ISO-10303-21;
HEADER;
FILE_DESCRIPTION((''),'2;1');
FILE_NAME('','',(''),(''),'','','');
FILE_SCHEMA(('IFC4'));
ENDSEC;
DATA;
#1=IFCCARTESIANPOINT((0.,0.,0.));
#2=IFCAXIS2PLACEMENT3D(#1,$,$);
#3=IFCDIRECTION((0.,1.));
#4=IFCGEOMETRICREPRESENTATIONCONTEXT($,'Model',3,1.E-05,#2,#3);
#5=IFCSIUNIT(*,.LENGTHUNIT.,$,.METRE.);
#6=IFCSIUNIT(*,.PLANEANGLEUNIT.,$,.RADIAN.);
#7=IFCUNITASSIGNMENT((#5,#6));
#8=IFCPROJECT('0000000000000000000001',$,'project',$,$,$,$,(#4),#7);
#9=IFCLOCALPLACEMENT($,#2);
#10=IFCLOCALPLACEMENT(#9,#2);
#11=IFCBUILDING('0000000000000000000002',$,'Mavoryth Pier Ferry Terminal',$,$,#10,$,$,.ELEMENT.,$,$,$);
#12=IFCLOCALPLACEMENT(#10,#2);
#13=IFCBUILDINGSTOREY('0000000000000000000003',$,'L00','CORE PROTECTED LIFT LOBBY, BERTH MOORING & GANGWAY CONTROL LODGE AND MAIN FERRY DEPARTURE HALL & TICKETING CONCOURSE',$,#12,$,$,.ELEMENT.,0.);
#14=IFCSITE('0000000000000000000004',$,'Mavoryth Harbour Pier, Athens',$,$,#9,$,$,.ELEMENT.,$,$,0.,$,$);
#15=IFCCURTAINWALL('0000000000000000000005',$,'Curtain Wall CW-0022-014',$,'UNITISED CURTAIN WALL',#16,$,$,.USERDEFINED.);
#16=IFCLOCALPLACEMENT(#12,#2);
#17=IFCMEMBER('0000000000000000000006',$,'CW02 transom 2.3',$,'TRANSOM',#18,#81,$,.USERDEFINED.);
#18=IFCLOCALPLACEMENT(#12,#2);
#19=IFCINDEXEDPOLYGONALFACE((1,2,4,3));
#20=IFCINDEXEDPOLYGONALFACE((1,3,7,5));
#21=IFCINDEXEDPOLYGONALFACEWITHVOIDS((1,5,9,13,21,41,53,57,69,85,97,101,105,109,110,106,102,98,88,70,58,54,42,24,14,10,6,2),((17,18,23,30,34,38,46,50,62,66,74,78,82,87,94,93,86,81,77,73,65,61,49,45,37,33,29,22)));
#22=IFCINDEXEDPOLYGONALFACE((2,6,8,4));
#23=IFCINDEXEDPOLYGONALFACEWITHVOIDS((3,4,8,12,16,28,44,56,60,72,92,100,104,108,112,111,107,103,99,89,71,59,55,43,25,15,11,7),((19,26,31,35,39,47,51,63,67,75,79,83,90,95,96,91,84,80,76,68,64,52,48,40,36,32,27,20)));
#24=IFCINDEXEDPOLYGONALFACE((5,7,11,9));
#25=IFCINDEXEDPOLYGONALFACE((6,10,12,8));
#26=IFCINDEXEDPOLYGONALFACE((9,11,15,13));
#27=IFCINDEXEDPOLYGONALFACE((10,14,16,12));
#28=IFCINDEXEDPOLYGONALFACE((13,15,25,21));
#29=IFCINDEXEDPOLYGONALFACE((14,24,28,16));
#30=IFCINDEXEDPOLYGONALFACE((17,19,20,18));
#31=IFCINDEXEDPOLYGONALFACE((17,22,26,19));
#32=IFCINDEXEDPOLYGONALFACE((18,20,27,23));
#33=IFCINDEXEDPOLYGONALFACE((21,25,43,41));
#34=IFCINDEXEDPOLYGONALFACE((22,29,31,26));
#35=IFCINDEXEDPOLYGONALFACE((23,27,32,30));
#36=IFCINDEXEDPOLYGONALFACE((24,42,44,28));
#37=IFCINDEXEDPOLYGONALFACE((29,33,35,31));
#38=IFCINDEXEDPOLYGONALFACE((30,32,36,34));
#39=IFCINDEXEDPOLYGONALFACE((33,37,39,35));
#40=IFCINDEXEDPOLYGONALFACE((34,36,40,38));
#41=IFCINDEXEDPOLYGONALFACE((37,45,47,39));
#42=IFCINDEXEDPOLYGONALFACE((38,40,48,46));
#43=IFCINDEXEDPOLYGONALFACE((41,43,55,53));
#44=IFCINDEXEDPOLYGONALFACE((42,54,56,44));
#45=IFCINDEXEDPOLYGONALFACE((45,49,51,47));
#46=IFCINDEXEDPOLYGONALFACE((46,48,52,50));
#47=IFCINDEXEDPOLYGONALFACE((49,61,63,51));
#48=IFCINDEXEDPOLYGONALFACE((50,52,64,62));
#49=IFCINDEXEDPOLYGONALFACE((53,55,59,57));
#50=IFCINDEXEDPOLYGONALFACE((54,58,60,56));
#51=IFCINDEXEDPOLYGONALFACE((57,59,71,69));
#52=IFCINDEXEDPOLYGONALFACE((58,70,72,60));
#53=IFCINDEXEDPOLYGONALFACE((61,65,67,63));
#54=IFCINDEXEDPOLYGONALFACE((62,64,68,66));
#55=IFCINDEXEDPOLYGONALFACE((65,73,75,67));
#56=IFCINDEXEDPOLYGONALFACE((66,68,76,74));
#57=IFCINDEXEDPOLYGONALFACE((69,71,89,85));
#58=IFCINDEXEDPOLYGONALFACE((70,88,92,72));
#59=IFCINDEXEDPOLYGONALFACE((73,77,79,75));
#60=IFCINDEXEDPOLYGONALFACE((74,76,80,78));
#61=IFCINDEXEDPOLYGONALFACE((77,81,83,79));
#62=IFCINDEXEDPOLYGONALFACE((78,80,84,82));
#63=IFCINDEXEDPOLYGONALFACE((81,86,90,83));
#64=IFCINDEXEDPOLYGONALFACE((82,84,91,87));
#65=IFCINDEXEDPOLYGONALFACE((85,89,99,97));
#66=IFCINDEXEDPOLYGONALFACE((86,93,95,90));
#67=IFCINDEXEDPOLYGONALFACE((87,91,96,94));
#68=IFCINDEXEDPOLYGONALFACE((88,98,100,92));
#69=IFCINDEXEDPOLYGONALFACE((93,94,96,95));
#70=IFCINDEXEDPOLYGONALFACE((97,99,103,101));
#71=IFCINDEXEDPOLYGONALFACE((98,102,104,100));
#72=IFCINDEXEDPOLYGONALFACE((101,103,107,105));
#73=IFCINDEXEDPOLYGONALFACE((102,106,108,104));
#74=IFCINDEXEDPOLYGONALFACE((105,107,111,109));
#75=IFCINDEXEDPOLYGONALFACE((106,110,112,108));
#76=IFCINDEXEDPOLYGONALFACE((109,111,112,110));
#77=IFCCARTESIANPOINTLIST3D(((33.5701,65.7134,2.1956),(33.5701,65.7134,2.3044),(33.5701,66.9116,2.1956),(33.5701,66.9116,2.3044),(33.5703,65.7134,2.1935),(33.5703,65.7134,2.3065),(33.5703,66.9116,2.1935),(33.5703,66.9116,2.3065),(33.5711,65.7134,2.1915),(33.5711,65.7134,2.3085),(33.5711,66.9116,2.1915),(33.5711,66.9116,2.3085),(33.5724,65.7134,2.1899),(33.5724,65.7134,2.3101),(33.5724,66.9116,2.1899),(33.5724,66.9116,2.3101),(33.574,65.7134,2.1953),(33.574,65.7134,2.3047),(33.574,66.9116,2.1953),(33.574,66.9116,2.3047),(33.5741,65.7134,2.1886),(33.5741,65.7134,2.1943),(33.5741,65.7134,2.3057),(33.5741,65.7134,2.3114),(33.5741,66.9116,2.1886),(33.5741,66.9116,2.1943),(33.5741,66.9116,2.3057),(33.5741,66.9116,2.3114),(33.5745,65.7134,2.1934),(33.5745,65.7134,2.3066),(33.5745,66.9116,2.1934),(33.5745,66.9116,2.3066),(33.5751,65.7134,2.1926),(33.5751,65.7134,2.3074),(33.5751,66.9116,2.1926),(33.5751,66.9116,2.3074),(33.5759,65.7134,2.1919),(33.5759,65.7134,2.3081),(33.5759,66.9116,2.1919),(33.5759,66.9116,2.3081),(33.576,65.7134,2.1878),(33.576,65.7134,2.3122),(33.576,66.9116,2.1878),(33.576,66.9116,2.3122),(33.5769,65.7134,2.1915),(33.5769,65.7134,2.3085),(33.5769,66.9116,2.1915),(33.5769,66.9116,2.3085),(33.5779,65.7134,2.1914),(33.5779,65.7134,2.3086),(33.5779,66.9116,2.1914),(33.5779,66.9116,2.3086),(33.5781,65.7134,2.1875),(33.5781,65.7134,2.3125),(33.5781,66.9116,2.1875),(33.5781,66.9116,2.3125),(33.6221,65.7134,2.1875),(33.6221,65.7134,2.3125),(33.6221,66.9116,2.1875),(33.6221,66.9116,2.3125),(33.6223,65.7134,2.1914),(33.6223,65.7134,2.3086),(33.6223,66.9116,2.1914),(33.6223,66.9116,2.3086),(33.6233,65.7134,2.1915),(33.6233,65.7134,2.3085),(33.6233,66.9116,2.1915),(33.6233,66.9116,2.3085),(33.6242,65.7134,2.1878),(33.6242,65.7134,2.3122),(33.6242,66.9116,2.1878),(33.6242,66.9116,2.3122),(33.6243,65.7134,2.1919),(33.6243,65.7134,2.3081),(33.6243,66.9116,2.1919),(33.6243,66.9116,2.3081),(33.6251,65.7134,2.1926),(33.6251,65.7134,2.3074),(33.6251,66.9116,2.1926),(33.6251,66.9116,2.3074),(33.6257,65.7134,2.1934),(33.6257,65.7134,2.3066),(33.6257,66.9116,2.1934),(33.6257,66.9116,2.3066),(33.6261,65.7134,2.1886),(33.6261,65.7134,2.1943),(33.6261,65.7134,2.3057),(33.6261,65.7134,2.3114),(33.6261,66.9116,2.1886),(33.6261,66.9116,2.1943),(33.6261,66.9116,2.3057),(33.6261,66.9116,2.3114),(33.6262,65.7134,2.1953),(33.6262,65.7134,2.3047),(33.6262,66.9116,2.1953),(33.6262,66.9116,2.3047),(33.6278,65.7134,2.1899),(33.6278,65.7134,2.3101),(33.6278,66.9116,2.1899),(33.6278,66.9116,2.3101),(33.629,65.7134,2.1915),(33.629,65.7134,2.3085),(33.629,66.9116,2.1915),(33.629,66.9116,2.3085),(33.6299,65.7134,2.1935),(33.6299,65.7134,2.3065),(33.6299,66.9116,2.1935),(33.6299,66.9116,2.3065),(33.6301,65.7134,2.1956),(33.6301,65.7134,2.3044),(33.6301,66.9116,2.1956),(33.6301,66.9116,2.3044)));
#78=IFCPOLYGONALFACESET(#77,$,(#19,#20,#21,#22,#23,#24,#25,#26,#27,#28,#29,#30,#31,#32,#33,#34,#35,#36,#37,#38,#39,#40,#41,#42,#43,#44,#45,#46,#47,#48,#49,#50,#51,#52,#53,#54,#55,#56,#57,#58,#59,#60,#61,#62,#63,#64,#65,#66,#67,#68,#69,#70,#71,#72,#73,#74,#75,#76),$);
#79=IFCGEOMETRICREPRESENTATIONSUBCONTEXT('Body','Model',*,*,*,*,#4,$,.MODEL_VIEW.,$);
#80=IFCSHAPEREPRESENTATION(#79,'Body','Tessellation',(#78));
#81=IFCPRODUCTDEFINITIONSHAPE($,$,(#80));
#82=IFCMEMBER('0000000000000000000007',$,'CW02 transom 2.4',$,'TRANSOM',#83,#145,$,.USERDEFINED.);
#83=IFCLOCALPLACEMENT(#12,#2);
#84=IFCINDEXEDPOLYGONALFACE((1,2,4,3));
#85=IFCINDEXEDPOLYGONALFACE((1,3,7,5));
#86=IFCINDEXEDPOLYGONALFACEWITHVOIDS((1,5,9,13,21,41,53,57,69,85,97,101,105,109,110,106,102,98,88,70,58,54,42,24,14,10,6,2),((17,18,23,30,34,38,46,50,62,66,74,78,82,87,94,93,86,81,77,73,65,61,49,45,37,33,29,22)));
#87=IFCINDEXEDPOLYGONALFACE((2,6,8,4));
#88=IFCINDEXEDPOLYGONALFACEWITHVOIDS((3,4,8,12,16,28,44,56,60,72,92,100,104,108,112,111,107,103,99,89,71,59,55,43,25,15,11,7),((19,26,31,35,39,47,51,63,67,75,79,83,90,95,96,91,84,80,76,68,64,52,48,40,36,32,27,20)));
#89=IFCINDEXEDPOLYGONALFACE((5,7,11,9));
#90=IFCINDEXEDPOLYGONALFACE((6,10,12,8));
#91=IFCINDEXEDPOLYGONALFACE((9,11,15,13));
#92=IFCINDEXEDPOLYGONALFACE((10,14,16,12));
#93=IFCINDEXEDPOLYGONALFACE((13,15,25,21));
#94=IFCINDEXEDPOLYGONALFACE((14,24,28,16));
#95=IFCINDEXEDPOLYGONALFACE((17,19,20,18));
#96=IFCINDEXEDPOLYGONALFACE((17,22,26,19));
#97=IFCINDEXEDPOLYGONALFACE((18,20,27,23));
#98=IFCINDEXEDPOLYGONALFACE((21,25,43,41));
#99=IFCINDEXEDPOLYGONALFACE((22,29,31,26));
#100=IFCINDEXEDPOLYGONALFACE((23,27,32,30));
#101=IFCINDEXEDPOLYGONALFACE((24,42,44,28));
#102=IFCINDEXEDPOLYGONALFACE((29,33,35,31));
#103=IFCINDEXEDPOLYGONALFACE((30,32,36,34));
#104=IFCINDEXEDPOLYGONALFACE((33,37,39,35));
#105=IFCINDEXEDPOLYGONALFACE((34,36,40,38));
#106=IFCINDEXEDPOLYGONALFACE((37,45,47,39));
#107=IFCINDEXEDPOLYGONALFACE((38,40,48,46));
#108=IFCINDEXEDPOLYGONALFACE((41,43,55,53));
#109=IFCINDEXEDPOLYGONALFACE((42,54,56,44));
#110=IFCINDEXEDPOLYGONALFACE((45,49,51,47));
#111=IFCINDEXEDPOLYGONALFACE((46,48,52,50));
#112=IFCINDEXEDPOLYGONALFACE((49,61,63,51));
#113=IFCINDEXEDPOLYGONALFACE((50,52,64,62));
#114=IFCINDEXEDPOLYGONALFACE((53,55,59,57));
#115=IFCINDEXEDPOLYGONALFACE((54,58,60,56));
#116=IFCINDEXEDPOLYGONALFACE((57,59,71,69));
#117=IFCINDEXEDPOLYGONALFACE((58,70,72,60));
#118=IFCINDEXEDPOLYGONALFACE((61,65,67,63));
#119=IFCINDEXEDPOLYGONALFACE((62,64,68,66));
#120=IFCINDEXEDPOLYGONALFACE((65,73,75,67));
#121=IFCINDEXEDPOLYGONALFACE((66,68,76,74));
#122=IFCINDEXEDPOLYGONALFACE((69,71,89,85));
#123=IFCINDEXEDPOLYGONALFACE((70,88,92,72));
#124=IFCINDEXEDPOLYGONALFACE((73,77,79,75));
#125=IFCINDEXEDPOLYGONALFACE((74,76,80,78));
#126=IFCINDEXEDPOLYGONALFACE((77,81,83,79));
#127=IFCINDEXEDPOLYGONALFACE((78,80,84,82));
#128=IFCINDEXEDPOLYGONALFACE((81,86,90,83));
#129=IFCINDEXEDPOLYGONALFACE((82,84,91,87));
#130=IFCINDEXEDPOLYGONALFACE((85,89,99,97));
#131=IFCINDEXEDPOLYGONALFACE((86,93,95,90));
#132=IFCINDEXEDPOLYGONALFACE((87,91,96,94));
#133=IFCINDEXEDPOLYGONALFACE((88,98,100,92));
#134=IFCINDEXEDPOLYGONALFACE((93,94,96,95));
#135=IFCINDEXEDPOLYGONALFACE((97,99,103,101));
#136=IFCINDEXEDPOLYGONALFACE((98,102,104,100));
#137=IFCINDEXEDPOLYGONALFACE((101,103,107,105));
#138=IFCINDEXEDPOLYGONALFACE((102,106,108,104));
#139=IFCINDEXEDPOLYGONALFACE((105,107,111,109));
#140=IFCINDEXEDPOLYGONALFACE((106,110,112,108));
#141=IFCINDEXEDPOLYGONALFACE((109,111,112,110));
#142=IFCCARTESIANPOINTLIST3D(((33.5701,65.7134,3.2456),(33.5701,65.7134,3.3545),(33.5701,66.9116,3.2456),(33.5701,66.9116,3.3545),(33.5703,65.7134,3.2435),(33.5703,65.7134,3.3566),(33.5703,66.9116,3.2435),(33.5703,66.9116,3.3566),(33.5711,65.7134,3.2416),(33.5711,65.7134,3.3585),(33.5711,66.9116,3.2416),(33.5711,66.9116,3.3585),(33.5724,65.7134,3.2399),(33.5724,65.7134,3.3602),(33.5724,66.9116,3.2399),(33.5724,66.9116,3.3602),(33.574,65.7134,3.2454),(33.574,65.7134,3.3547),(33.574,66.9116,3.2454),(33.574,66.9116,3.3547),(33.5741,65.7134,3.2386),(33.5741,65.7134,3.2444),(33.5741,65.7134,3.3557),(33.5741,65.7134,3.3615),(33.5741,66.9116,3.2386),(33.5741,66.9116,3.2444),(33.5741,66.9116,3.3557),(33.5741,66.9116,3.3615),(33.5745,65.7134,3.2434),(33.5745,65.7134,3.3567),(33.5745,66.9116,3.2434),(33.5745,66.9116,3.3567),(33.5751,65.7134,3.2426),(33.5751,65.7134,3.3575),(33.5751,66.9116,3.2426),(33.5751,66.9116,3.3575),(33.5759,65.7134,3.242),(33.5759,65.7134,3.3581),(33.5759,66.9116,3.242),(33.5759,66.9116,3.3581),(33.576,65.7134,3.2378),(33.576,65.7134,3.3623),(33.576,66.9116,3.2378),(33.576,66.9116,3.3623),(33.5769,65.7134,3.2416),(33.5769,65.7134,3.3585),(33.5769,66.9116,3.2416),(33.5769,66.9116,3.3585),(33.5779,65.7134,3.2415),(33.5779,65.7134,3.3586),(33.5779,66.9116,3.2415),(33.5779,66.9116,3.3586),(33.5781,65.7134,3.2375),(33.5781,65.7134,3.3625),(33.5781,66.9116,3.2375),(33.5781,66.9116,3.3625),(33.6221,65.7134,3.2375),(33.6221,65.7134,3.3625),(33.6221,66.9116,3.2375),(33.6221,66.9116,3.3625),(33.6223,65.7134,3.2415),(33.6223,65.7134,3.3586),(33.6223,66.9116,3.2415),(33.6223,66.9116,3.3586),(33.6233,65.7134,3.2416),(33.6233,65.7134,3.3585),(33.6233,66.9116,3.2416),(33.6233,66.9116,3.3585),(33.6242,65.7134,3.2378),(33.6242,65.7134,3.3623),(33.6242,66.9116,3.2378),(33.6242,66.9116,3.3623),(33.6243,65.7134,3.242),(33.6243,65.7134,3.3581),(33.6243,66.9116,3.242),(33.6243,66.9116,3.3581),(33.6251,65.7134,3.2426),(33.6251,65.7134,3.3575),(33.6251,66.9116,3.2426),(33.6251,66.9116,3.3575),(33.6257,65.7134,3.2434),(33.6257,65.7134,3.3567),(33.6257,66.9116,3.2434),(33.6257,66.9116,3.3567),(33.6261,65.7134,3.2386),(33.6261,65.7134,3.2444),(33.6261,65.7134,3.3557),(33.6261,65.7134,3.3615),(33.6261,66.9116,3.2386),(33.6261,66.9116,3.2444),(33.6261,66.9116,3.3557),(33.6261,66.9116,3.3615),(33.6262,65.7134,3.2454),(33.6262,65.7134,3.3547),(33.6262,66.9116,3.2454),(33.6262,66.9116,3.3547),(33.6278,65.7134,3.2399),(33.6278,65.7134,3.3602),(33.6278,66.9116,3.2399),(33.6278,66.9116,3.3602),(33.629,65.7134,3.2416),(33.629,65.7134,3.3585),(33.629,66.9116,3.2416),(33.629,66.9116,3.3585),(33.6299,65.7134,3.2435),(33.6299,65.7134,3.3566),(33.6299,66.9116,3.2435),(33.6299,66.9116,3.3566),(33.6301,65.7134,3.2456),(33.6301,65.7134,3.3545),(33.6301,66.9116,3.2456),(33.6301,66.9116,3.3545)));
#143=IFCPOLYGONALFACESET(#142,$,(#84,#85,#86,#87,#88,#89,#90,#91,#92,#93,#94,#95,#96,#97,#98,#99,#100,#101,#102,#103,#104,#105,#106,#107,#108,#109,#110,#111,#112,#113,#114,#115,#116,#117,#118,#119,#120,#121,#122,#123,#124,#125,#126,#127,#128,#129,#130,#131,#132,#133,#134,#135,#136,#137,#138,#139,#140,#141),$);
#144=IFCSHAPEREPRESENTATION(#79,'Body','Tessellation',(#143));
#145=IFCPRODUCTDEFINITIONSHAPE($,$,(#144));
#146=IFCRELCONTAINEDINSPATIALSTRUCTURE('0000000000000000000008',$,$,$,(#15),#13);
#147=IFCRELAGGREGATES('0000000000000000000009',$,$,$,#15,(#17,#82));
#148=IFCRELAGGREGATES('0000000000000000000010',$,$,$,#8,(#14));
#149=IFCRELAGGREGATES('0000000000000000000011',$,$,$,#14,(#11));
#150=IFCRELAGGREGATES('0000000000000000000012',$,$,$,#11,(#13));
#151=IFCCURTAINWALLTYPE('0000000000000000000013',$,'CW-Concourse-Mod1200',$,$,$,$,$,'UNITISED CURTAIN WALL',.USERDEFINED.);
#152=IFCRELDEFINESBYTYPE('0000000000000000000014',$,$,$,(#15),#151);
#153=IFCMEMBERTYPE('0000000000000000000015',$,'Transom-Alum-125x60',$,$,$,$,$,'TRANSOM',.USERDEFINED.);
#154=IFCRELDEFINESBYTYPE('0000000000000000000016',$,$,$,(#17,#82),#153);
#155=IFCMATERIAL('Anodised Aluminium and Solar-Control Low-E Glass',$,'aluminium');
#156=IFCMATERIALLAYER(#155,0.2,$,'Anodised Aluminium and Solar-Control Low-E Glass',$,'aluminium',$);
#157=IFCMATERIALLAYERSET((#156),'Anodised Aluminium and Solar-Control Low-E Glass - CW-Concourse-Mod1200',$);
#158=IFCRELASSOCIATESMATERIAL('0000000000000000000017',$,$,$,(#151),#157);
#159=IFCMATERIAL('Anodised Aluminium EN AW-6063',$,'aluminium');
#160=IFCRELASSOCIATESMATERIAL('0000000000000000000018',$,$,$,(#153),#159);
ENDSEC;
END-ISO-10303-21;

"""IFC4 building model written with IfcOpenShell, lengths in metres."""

from ifc_helpers import new_model, si_unit, direction, frame, origin, origin_2d, place, context, subcontext, project, spatial, hollow_rectangle, extrude, material, layer, layer_set, material_profile, profile_set, type_object, element, aggregate, save


model = new_model("IFC4")

# Units and contexts
model_context = context("Model", 3, precision=1e-05, world=origin(), true_north=direction((0.0, 1.0)))
body_context = subcontext(model_context, "Body", "Model", "MODEL_VIEW")
ifc_project = project(units=[si_unit("LENGTHUNIT", "METRE"), si_unit("PLANEANGLEUNIT", "RADIAN")], contexts=[model_context])

# Site, building, storey
site_placement = place(None, origin())
site = spatial("IfcSite", under=ifc_project, at=site_placement, Name="Mavoryth Harbour Pier, Athens", CompositionType="ELEMENT", RefElevation=0.0)
building_placement = place(site_placement, origin())
building = spatial("IfcBuilding", under=site, at=building_placement, Name="Mavoryth Pier Ferry Terminal", CompositionType="ELEMENT")
storey_placement = place(building_placement, origin())
storey = spatial("IfcBuildingStorey", under=building, at=storey_placement, Name="L00", Description="CORE PROTECTED LIFT LOBBY, BERTH MOORING & GANGWAY CONTROL LODGE AND MAIN FERRY DEPARTURE HALL & TICKETING CONCOURSE", CompositionType="ELEMENT", Elevation=0.0)

# Shared definitions
ifc_material_1 = material(Name="Anodised Aluminium and Solar-Control Low-E Glass", Category="aluminium")
ifc_layer_1 = layer(ifc_material_1, 0.2, Name="Anodised Aluminium and Solar-Control Low-E Glass", Category="aluminium")
ifc_layer_set_1 = layer_set([ifc_layer_1], Name="Anodised Aluminium and Solar-Control Low-E Glass - CW-Concourse-Mod1200")
curtain_wall_type = type_object("IfcCurtainWallType", Name="CW-Concourse-Mod1200", ElementType="UNITISED CURTAIN WALL", PredefinedType="USERDEFINED", material=ifc_layer_set_1)
ifc_material_2 = material(Name="Anodised Aluminium EN AW-6063", Category="aluminium")

# Curtain wall, members
curtain_wall_1_placement = place(storey_placement, origin())
curtain_wall_1 = element("IfcCurtainWall", 1, at=curtain_wall_1_placement, inside=storey, type_object=curtain_wall_type, Name="Curtain Wall CW-0022-014", ObjectType="UNITISED CURTAIN WALL", PredefinedType="USERDEFINED")
ifc_material_profile_1 = material_profile(ifc_material_2, hollow_rectangle(XDim=0.0601, YDim=0.125, WallThickness=0.0039, InnerFilletRadius=0.0039, OuterFilletRadius=0.0081, at=origin_2d()), Name="AL-TRAN 125x60x4", Category="aluminium")
ifc_profile_set_1 = profile_set([ifc_material_profile_1], Name="Anodised Aluminium EN AW-6063 - AL-TRAN 125x60x4")
member_type_1 = type_object("IfcMemberType", Name="Transom-Alum-125x60", ElementType="TRANSOM", PredefinedType="USERDEFINED", material=ifc_profile_set_1)
member_1_placement = place(storey_placement, frame((33.6001, 65.7134, 2.25), z_axis=(0.0, 1.0, 0.0), x_axis=(-1.0, 0.0, 0.0)))
member_1 = element("IfcMember", 2, at=member_1_placement, type_object=member_type_1, Name="CW02 transom 2.3", ObjectType="TRANSOM", PredefinedType="USERDEFINED", context=body_context, shape_type="SweptSolid", body=[
    extrude(hollow_rectangle(XDim=0.0601, YDim=0.125, WallThickness=0.0039, InnerFilletRadius=0.0039, OuterFilletRadius=0.0081, at=origin_2d()), origin(), (0.0, 0.0, 1.0), 1.1982),
])
member_2_placement = place(storey_placement, frame((33.6001, 65.7134, 3.3), z_axis=(0.0, 1.0, 0.0), x_axis=(-1.0, 0.0, 0.0)))
member_2 = element("IfcMember", 3, at=member_2_placement, type_object=member_type_1, Name="CW02 transom 2.4", ObjectType="TRANSOM", PredefinedType="USERDEFINED", context=body_context, shape_type="SweptSolid", body=[
    extrude(hollow_rectangle(XDim=0.0601, YDim=0.125, WallThickness=0.0039, InnerFilletRadius=0.0039, OuterFilletRadius=0.0081, at=origin_2d()), origin(), (0.0, 0.0, 1.0), 1.1982),
])

aggregate(curtain_wall_1, [member_1, member_2])

save(model, "model.ifc")
